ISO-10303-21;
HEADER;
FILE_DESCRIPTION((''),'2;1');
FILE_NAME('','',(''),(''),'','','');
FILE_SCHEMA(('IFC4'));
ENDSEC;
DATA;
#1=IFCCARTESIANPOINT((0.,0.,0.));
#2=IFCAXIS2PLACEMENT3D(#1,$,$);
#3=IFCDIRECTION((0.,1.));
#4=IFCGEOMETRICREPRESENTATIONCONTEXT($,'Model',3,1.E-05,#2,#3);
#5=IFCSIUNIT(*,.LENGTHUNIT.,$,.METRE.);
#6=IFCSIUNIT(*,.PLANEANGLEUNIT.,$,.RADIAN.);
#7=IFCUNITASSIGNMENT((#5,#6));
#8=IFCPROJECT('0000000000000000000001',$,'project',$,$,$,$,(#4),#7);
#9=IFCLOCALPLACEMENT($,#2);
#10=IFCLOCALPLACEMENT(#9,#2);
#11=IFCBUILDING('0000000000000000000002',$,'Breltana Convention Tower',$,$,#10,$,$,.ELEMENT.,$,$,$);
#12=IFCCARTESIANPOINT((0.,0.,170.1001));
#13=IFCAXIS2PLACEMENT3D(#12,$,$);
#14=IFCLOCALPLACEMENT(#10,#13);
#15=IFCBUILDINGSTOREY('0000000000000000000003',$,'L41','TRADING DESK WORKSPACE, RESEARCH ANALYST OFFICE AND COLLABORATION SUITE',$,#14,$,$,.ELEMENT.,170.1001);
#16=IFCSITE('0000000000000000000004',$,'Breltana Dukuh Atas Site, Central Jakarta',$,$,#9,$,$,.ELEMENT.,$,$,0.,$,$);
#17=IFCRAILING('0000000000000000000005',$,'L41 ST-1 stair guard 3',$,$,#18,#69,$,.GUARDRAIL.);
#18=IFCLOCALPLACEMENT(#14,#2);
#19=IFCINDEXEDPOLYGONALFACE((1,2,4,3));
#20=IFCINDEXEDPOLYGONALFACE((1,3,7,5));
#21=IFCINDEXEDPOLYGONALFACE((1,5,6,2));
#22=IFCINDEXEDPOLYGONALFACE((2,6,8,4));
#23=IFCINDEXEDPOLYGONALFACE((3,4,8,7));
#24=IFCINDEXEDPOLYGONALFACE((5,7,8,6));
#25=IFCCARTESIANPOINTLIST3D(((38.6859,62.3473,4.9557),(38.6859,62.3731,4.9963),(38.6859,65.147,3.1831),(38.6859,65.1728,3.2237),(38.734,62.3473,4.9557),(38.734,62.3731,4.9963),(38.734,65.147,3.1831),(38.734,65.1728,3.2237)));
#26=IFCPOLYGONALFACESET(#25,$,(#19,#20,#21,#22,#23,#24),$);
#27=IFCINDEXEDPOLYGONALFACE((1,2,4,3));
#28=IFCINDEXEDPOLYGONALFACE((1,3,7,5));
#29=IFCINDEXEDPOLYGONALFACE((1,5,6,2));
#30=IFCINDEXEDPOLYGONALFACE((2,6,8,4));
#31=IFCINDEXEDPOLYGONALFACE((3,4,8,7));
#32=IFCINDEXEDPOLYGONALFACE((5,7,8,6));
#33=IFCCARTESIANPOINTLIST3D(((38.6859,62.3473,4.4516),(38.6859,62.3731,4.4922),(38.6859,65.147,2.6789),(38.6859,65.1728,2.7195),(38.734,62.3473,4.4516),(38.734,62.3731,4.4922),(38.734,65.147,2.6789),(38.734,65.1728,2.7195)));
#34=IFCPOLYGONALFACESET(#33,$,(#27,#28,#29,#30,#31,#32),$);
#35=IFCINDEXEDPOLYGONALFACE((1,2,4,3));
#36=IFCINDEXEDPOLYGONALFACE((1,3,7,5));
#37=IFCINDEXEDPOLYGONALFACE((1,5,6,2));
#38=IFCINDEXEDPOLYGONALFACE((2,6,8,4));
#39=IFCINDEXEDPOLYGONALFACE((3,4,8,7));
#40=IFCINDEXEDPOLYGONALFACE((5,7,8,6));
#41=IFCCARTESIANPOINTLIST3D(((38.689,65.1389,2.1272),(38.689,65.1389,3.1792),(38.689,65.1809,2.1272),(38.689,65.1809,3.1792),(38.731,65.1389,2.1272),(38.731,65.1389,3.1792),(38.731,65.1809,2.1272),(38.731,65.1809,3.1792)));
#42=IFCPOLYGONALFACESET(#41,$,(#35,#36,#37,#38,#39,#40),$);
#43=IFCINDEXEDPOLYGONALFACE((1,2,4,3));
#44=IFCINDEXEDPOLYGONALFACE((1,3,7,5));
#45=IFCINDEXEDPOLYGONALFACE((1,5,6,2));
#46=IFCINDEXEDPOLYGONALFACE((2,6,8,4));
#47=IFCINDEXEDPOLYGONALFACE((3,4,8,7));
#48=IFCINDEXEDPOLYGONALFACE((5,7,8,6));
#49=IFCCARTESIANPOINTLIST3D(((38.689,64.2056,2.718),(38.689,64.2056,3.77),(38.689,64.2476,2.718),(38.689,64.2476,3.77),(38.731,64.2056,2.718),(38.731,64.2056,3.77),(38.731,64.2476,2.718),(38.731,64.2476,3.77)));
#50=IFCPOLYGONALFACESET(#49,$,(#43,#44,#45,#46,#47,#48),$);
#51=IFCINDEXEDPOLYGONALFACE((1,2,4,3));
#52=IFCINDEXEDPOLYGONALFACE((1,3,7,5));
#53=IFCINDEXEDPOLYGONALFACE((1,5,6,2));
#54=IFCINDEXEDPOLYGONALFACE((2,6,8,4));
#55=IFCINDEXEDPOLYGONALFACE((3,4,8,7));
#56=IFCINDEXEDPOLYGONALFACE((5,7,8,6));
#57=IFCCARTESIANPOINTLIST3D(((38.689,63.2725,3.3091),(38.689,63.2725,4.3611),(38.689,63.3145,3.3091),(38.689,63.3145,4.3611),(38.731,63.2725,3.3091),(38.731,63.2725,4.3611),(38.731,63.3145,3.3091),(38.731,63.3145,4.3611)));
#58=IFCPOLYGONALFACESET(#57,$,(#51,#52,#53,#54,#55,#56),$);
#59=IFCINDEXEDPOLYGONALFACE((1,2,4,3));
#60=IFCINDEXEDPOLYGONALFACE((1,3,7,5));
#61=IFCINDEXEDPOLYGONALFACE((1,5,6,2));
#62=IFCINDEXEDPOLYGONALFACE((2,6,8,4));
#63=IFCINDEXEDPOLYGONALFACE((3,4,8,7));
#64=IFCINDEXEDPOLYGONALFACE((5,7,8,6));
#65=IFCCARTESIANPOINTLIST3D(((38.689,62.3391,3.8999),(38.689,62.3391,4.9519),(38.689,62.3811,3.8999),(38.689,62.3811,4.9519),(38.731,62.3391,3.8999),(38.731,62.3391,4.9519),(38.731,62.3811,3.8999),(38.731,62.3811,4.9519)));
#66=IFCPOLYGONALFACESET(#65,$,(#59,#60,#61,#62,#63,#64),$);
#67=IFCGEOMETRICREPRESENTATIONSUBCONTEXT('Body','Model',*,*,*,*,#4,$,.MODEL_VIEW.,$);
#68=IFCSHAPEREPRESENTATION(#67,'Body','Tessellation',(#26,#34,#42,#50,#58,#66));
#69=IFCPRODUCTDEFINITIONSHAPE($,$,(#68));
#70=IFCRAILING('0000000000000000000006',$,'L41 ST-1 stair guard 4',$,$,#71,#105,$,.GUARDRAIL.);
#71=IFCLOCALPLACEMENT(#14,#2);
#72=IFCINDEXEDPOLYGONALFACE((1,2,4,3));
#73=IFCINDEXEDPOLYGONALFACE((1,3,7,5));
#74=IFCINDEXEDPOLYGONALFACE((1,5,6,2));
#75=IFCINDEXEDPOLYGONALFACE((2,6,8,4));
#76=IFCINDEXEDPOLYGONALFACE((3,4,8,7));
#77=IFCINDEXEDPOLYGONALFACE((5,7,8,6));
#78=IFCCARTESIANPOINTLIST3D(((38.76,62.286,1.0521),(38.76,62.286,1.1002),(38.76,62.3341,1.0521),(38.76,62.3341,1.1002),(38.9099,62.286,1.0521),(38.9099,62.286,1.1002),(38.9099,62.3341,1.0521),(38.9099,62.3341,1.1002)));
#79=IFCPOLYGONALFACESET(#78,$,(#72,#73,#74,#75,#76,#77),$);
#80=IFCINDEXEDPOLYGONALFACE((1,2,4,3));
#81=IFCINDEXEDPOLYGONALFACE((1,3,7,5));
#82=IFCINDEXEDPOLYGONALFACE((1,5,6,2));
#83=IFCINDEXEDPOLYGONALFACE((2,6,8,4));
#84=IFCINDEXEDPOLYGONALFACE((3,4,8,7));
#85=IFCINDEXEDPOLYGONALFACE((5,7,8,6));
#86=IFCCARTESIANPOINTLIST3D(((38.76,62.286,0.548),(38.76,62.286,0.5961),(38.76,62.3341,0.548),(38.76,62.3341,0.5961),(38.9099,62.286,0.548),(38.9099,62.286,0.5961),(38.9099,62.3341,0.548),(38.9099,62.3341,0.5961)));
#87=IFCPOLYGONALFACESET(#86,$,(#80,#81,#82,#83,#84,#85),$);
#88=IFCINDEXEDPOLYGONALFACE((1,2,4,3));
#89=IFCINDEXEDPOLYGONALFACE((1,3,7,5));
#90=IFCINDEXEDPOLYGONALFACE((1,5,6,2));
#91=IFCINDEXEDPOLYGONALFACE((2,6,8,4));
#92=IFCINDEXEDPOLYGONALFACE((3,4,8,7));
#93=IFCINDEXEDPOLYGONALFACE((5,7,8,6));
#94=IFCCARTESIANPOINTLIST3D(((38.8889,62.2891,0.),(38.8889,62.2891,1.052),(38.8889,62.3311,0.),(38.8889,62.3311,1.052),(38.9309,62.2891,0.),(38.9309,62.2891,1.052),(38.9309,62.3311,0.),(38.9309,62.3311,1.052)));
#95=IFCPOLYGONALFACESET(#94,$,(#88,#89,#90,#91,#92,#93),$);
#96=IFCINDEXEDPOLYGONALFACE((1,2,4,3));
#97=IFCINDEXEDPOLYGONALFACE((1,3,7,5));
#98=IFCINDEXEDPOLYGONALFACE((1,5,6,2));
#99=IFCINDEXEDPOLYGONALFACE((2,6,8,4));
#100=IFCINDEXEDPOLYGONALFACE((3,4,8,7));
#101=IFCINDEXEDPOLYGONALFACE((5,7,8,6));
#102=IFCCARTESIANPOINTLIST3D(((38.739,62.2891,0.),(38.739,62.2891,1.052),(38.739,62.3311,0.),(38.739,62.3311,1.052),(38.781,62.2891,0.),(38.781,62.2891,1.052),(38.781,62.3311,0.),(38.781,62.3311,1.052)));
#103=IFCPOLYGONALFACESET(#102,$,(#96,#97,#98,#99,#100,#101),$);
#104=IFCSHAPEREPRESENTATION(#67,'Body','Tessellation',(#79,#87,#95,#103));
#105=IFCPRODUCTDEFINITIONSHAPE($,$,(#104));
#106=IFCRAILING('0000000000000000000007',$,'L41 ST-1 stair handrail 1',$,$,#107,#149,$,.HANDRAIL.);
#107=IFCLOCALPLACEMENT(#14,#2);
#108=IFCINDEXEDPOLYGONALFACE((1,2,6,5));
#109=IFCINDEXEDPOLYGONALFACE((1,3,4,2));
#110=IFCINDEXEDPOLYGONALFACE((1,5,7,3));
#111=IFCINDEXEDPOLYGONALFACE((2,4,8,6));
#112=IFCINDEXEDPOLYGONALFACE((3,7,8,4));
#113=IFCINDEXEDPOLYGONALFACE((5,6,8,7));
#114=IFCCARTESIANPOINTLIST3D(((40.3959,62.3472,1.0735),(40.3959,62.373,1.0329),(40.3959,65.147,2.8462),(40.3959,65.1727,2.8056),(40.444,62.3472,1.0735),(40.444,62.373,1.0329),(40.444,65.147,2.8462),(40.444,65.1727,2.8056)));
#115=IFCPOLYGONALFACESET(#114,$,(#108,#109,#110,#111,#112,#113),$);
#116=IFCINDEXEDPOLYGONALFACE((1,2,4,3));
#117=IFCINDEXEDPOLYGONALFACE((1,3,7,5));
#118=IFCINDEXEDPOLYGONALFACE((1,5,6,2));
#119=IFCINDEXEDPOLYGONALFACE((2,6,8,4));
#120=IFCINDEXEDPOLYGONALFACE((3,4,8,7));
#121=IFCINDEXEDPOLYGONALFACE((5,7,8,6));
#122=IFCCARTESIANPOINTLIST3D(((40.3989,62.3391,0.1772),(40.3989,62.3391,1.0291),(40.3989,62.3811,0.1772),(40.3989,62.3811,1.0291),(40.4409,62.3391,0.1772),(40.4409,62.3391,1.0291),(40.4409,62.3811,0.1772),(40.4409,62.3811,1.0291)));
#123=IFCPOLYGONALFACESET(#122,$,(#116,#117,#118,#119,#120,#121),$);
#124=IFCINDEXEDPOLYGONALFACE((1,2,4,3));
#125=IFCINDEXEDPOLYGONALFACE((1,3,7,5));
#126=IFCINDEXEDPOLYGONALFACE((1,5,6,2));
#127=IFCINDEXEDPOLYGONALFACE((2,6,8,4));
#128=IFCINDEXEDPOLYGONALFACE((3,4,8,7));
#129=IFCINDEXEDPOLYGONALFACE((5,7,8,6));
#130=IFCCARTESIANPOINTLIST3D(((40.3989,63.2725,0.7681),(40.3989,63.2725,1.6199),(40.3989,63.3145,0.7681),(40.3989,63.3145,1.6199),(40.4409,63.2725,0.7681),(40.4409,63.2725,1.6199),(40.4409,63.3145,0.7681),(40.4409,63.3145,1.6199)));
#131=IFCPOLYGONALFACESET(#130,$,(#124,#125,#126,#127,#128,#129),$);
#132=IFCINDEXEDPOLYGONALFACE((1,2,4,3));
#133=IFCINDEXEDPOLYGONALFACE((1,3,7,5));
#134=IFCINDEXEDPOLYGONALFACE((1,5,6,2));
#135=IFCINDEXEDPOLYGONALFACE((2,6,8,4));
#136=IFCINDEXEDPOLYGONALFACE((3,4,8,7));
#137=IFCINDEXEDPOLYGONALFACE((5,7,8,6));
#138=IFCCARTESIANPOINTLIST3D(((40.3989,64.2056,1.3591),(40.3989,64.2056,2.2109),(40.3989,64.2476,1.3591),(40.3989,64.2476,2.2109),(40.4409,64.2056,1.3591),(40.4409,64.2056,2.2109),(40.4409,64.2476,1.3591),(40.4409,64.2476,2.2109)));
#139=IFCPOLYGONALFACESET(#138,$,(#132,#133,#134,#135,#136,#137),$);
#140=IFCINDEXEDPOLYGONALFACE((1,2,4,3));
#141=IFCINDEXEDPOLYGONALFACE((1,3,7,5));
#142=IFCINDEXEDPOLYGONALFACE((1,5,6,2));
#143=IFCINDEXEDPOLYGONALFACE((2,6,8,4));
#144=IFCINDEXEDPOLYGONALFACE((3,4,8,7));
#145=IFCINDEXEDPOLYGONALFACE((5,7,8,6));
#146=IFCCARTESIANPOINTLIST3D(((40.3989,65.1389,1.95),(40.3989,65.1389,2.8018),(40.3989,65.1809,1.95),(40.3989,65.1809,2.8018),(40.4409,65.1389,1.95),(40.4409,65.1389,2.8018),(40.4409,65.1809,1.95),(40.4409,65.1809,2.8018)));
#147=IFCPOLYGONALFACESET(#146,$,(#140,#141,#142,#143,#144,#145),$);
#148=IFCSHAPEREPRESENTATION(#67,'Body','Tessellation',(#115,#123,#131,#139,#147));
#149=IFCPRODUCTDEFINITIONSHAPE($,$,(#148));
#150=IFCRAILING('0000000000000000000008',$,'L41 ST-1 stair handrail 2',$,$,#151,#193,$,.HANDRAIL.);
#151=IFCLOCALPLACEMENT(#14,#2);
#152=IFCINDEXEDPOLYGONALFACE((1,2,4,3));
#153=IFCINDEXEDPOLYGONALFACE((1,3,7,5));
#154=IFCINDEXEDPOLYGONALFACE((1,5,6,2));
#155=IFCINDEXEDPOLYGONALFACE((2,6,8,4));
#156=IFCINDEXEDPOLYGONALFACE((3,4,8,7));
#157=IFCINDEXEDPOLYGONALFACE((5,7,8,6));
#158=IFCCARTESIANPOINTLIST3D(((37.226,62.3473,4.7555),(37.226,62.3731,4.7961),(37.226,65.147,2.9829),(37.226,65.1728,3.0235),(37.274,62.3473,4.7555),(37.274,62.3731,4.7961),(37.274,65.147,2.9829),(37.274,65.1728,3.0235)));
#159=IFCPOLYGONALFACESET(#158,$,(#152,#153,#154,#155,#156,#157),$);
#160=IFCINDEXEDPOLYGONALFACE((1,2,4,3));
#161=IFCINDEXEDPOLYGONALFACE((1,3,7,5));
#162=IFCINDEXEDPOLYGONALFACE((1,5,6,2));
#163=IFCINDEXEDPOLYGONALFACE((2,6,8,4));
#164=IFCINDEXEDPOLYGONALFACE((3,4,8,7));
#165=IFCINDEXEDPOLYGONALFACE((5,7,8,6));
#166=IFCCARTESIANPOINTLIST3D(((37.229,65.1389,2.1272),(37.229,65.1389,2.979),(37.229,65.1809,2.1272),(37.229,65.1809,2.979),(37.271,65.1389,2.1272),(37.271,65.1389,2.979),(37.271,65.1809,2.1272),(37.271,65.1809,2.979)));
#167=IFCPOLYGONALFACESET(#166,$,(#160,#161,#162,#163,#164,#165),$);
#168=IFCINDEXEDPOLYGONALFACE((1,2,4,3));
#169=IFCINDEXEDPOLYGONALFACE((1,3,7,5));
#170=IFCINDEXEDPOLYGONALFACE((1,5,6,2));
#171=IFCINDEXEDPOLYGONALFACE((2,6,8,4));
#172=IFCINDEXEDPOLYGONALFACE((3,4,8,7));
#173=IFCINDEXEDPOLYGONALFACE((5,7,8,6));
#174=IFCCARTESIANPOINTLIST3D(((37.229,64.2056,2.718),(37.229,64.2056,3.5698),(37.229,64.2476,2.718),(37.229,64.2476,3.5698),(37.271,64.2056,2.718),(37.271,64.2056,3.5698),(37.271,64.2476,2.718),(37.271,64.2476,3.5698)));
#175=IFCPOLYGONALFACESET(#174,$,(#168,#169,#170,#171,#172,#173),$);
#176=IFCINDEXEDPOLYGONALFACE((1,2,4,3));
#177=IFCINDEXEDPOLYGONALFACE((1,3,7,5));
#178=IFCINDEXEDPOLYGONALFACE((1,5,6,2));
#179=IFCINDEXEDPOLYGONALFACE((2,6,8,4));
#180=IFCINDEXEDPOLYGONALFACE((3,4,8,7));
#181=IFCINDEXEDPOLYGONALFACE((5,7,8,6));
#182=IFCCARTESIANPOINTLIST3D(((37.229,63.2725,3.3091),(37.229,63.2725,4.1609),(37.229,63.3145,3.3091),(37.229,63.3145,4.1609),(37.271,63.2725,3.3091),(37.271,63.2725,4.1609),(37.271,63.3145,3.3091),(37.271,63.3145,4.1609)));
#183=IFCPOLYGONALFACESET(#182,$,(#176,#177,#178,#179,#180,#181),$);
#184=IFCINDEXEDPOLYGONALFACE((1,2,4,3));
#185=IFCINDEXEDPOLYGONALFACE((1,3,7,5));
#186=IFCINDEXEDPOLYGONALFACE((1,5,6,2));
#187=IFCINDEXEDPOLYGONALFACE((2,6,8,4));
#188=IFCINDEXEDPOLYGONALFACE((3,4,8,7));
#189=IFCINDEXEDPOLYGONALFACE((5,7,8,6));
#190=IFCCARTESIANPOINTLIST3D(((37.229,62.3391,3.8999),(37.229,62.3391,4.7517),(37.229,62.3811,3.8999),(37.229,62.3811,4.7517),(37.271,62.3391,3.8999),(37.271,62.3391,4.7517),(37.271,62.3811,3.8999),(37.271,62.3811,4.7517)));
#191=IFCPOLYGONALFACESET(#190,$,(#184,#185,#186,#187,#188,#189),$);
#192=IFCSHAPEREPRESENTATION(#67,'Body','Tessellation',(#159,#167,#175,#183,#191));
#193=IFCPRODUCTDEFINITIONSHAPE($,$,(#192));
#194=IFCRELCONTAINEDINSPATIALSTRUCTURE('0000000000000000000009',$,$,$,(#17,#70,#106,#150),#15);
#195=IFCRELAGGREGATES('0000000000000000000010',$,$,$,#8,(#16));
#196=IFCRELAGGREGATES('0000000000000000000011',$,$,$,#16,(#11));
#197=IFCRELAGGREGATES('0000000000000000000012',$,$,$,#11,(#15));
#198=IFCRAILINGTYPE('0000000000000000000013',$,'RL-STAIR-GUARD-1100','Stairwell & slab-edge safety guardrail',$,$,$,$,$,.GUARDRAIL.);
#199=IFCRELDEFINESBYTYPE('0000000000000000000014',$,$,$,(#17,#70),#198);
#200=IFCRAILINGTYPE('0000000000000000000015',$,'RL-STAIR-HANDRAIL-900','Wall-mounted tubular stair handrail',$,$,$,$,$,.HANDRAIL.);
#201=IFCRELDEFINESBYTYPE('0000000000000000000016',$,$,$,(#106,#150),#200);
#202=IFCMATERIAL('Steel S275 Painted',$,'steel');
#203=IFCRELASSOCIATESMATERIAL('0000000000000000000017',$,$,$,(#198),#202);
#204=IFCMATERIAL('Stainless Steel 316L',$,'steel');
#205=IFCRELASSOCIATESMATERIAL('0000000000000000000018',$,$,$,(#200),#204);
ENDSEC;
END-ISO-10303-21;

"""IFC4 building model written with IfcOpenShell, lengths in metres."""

from ifc_helpers import new_model, si_unit, direction, frame, origin, origin_2d, place, context, subcontext, project, spatial, rectangle, extrude, material, type_object, element, save


model = new_model("IFC4")

# Units and contexts
model_context = context("Model", 3, precision=1e-05, world=origin(), true_north=direction((0.0, 1.0)))
body_context = subcontext(model_context, "Body", "Model", "MODEL_VIEW")
ifc_project = project(units=[si_unit("LENGTHUNIT", "METRE"), si_unit("PLANEANGLEUNIT", "RADIAN")], contexts=[model_context])

# Site, building, storey
site_placement = place(None, origin())
site = spatial("IfcSite", under=ifc_project, at=site_placement, Name="Breltana Dukuh Atas Site, Central Jakarta", CompositionType="ELEMENT", RefElevation=0.0)
building_placement = place(site_placement, origin())
building = spatial("IfcBuilding", under=site, at=building_placement, Name="Breltana Convention Tower", CompositionType="ELEMENT")
storey_placement = place(building_placement, frame((0.0, 0.0, 170.1001)))
storey = spatial("IfcBuildingStorey", under=building, at=storey_placement, Name="L41", Description="TRADING DESK WORKSPACE, RESEARCH ANALYST OFFICE AND COLLABORATION SUITE", CompositionType="ELEMENT", Elevation=170.1001)

# Railings
ifc_material_1 = material(Name="Steel S275 Painted", Category="steel")
railing_type_1 = type_object("IfcRailingType", Name="RL-STAIR-GUARD-1100", Description="Stairwell & slab-edge safety guardrail", PredefinedType="GUARDRAIL", material=ifc_material_1)
railing_1_placement = place(storey_placement, frame((38.71, 65.1599, 2.1272)))
element("IfcRailing", 1, at=railing_1_placement, inside=storey, type_object=railing_type_1, Name="L41 ST-1 stair guard 3", PredefinedType="GUARDRAIL", context=body_context, shape_type="SweptSolid", body=[
    extrude(rectangle(XDim=0.0481, YDim=0.0481, at=origin_2d()), frame((0.0, 0.0, 1.0762), z_axis=(0.0, -0.844888, 0.534943), x_axis=(1.0, 0.0, 0.0)), (0.0, 0.0, 1.0), 3.3137),
    extrude(rectangle(XDim=0.0481, YDim=0.0481, at=origin_2d()), frame((0.0, 0.0, 0.572), z_axis=(0.0, -0.844888, 0.534943), x_axis=(1.0, 0.0, 0.0)), (0.0, 0.0, 1.0), 3.3137),
    extrude(rectangle(XDim=0.042, YDim=0.042, at=origin_2d()), origin(), (0.0, 0.0, 1.0), 1.052),
    extrude(rectangle(XDim=0.042, YDim=0.042, at=origin_2d()), frame((0.0, -0.9333, 0.5908)), (0.0, 0.0, 1.0), 1.052),
    extrude(rectangle(XDim=0.042, YDim=0.042, at=origin_2d()), frame((0.0, -1.8665, 1.1819)), (0.0, 0.0, 1.0), 1.052),
    extrude(rectangle(XDim=0.042, YDim=0.042, at=origin_2d()), frame((0.0, -2.7998, 1.7727)), (0.0, 0.0, 1.0), 1.052),
])
railing_2_placement = place(storey_placement, frame((38.9099, 62.3101, 0.0)))
element("IfcRailing", 2, at=railing_2_placement, inside=storey, type_object=railing_type_1, Name="L41 ST-1 stair guard 4", PredefinedType="GUARDRAIL", context=body_context, shape_type="SweptSolid", body=[
    extrude(rectangle(XDim=0.0481, YDim=0.0481, at=origin_2d()), frame((0.0, 0.0, 1.0762), z_axis=(-1.0, 0.0, 0.0), x_axis=(0.0, -1.0, 0.0)), (0.0, 0.0, 1.0), 0.1499),
    extrude(rectangle(XDim=0.0481, YDim=0.0481, at=origin_2d()), frame((0.0, 0.0, 0.572), z_axis=(-1.0, 0.0, 0.0), x_axis=(0.0, -1.0, 0.0)), (0.0, 0.0, 1.0), 0.1499),
    extrude(rectangle(XDim=0.042, YDim=0.042, at=origin_2d()), origin(), (0.0, 0.0, 1.0), 1.052),
    extrude(rectangle(XDim=0.042, YDim=0.042, at=origin_2d()), frame((-0.1499, 0.0, 0.0)), (0.0, 0.0, 1.0), 1.052),
])
ifc_material_2 = material(Name="Stainless Steel 316L", Category="steel")
railing_type_2 = type_object("IfcRailingType", Name="RL-STAIR-HANDRAIL-900", Description="Wall-mounted tubular stair handrail", PredefinedType="HANDRAIL", material=ifc_material_2)
railing_3_placement = place(storey_placement, frame((40.4199, 62.3601, 0.1772)))
element("IfcRailing", 3, at=railing_3_placement, inside=storey, type_object=railing_type_2, Name="L41 ST-1 stair handrail 1", PredefinedType="HANDRAIL", context=body_context, shape_type="SweptSolid", body=[
    extrude(rectangle(XDim=0.0481, YDim=0.0481, at=origin_2d()), frame((0.0, 0.0, 0.876), z_axis=(0.0, 0.844888, 0.534943), x_axis=(-1.0, 0.0, 0.0)), (0.0, 0.0, 1.0), 3.3137),
    extrude(rectangle(XDim=0.042, YDim=0.042, at=origin_2d()), origin(), (0.0, 0.0, 1.0), 0.8518),
    extrude(rectangle(XDim=0.042, YDim=0.042, at=origin_2d()), frame((0.0, 0.9333, 0.5908)), (0.0, 0.0, 1.0), 0.8518),
    extrude(rectangle(XDim=0.042, YDim=0.042, at=origin_2d()), frame((0.0, 1.8665, 1.1819)), (0.0, 0.0, 1.0), 0.8518),
    extrude(rectangle(XDim=0.042, YDim=0.042, at=origin_2d()), frame((0.0, 2.7998, 1.7727)), (0.0, 0.0, 1.0), 0.8518),
])
railing_4_placement = place(storey_placement, frame((37.25, 65.1599, 2.1272)))
element("IfcRailing", 4, at=railing_4_placement, inside=storey, type_object=railing_type_2, Name="L41 ST-1 stair handrail 2", PredefinedType="HANDRAIL", context=body_context, shape_type="SweptSolid", body=[
    extrude(rectangle(XDim=0.0481, YDim=0.0481, at=origin_2d()), frame((0.0, 0.0, 0.876), z_axis=(0.0, -0.844888, 0.534943), x_axis=(1.0, 0.0, 0.0)), (0.0, 0.0, 1.0), 3.3137),
    extrude(rectangle(XDim=0.042, YDim=0.042, at=origin_2d()), origin(), (0.0, 0.0, 1.0), 0.8518),
    extrude(rectangle(XDim=0.042, YDim=0.042, at=origin_2d()), frame((0.0, -0.9333, 0.5908)), (0.0, 0.0, 1.0), 0.8518),
    extrude(rectangle(XDim=0.042, YDim=0.042, at=origin_2d()), frame((0.0, -1.8665, 1.1819)), (0.0, 0.0, 1.0), 0.8518),
    extrude(rectangle(XDim=0.042, YDim=0.042, at=origin_2d()), frame((0.0, -2.7998, 1.7727)), (0.0, 0.0, 1.0), 0.8518),
])

save(model, "model.ifc")
